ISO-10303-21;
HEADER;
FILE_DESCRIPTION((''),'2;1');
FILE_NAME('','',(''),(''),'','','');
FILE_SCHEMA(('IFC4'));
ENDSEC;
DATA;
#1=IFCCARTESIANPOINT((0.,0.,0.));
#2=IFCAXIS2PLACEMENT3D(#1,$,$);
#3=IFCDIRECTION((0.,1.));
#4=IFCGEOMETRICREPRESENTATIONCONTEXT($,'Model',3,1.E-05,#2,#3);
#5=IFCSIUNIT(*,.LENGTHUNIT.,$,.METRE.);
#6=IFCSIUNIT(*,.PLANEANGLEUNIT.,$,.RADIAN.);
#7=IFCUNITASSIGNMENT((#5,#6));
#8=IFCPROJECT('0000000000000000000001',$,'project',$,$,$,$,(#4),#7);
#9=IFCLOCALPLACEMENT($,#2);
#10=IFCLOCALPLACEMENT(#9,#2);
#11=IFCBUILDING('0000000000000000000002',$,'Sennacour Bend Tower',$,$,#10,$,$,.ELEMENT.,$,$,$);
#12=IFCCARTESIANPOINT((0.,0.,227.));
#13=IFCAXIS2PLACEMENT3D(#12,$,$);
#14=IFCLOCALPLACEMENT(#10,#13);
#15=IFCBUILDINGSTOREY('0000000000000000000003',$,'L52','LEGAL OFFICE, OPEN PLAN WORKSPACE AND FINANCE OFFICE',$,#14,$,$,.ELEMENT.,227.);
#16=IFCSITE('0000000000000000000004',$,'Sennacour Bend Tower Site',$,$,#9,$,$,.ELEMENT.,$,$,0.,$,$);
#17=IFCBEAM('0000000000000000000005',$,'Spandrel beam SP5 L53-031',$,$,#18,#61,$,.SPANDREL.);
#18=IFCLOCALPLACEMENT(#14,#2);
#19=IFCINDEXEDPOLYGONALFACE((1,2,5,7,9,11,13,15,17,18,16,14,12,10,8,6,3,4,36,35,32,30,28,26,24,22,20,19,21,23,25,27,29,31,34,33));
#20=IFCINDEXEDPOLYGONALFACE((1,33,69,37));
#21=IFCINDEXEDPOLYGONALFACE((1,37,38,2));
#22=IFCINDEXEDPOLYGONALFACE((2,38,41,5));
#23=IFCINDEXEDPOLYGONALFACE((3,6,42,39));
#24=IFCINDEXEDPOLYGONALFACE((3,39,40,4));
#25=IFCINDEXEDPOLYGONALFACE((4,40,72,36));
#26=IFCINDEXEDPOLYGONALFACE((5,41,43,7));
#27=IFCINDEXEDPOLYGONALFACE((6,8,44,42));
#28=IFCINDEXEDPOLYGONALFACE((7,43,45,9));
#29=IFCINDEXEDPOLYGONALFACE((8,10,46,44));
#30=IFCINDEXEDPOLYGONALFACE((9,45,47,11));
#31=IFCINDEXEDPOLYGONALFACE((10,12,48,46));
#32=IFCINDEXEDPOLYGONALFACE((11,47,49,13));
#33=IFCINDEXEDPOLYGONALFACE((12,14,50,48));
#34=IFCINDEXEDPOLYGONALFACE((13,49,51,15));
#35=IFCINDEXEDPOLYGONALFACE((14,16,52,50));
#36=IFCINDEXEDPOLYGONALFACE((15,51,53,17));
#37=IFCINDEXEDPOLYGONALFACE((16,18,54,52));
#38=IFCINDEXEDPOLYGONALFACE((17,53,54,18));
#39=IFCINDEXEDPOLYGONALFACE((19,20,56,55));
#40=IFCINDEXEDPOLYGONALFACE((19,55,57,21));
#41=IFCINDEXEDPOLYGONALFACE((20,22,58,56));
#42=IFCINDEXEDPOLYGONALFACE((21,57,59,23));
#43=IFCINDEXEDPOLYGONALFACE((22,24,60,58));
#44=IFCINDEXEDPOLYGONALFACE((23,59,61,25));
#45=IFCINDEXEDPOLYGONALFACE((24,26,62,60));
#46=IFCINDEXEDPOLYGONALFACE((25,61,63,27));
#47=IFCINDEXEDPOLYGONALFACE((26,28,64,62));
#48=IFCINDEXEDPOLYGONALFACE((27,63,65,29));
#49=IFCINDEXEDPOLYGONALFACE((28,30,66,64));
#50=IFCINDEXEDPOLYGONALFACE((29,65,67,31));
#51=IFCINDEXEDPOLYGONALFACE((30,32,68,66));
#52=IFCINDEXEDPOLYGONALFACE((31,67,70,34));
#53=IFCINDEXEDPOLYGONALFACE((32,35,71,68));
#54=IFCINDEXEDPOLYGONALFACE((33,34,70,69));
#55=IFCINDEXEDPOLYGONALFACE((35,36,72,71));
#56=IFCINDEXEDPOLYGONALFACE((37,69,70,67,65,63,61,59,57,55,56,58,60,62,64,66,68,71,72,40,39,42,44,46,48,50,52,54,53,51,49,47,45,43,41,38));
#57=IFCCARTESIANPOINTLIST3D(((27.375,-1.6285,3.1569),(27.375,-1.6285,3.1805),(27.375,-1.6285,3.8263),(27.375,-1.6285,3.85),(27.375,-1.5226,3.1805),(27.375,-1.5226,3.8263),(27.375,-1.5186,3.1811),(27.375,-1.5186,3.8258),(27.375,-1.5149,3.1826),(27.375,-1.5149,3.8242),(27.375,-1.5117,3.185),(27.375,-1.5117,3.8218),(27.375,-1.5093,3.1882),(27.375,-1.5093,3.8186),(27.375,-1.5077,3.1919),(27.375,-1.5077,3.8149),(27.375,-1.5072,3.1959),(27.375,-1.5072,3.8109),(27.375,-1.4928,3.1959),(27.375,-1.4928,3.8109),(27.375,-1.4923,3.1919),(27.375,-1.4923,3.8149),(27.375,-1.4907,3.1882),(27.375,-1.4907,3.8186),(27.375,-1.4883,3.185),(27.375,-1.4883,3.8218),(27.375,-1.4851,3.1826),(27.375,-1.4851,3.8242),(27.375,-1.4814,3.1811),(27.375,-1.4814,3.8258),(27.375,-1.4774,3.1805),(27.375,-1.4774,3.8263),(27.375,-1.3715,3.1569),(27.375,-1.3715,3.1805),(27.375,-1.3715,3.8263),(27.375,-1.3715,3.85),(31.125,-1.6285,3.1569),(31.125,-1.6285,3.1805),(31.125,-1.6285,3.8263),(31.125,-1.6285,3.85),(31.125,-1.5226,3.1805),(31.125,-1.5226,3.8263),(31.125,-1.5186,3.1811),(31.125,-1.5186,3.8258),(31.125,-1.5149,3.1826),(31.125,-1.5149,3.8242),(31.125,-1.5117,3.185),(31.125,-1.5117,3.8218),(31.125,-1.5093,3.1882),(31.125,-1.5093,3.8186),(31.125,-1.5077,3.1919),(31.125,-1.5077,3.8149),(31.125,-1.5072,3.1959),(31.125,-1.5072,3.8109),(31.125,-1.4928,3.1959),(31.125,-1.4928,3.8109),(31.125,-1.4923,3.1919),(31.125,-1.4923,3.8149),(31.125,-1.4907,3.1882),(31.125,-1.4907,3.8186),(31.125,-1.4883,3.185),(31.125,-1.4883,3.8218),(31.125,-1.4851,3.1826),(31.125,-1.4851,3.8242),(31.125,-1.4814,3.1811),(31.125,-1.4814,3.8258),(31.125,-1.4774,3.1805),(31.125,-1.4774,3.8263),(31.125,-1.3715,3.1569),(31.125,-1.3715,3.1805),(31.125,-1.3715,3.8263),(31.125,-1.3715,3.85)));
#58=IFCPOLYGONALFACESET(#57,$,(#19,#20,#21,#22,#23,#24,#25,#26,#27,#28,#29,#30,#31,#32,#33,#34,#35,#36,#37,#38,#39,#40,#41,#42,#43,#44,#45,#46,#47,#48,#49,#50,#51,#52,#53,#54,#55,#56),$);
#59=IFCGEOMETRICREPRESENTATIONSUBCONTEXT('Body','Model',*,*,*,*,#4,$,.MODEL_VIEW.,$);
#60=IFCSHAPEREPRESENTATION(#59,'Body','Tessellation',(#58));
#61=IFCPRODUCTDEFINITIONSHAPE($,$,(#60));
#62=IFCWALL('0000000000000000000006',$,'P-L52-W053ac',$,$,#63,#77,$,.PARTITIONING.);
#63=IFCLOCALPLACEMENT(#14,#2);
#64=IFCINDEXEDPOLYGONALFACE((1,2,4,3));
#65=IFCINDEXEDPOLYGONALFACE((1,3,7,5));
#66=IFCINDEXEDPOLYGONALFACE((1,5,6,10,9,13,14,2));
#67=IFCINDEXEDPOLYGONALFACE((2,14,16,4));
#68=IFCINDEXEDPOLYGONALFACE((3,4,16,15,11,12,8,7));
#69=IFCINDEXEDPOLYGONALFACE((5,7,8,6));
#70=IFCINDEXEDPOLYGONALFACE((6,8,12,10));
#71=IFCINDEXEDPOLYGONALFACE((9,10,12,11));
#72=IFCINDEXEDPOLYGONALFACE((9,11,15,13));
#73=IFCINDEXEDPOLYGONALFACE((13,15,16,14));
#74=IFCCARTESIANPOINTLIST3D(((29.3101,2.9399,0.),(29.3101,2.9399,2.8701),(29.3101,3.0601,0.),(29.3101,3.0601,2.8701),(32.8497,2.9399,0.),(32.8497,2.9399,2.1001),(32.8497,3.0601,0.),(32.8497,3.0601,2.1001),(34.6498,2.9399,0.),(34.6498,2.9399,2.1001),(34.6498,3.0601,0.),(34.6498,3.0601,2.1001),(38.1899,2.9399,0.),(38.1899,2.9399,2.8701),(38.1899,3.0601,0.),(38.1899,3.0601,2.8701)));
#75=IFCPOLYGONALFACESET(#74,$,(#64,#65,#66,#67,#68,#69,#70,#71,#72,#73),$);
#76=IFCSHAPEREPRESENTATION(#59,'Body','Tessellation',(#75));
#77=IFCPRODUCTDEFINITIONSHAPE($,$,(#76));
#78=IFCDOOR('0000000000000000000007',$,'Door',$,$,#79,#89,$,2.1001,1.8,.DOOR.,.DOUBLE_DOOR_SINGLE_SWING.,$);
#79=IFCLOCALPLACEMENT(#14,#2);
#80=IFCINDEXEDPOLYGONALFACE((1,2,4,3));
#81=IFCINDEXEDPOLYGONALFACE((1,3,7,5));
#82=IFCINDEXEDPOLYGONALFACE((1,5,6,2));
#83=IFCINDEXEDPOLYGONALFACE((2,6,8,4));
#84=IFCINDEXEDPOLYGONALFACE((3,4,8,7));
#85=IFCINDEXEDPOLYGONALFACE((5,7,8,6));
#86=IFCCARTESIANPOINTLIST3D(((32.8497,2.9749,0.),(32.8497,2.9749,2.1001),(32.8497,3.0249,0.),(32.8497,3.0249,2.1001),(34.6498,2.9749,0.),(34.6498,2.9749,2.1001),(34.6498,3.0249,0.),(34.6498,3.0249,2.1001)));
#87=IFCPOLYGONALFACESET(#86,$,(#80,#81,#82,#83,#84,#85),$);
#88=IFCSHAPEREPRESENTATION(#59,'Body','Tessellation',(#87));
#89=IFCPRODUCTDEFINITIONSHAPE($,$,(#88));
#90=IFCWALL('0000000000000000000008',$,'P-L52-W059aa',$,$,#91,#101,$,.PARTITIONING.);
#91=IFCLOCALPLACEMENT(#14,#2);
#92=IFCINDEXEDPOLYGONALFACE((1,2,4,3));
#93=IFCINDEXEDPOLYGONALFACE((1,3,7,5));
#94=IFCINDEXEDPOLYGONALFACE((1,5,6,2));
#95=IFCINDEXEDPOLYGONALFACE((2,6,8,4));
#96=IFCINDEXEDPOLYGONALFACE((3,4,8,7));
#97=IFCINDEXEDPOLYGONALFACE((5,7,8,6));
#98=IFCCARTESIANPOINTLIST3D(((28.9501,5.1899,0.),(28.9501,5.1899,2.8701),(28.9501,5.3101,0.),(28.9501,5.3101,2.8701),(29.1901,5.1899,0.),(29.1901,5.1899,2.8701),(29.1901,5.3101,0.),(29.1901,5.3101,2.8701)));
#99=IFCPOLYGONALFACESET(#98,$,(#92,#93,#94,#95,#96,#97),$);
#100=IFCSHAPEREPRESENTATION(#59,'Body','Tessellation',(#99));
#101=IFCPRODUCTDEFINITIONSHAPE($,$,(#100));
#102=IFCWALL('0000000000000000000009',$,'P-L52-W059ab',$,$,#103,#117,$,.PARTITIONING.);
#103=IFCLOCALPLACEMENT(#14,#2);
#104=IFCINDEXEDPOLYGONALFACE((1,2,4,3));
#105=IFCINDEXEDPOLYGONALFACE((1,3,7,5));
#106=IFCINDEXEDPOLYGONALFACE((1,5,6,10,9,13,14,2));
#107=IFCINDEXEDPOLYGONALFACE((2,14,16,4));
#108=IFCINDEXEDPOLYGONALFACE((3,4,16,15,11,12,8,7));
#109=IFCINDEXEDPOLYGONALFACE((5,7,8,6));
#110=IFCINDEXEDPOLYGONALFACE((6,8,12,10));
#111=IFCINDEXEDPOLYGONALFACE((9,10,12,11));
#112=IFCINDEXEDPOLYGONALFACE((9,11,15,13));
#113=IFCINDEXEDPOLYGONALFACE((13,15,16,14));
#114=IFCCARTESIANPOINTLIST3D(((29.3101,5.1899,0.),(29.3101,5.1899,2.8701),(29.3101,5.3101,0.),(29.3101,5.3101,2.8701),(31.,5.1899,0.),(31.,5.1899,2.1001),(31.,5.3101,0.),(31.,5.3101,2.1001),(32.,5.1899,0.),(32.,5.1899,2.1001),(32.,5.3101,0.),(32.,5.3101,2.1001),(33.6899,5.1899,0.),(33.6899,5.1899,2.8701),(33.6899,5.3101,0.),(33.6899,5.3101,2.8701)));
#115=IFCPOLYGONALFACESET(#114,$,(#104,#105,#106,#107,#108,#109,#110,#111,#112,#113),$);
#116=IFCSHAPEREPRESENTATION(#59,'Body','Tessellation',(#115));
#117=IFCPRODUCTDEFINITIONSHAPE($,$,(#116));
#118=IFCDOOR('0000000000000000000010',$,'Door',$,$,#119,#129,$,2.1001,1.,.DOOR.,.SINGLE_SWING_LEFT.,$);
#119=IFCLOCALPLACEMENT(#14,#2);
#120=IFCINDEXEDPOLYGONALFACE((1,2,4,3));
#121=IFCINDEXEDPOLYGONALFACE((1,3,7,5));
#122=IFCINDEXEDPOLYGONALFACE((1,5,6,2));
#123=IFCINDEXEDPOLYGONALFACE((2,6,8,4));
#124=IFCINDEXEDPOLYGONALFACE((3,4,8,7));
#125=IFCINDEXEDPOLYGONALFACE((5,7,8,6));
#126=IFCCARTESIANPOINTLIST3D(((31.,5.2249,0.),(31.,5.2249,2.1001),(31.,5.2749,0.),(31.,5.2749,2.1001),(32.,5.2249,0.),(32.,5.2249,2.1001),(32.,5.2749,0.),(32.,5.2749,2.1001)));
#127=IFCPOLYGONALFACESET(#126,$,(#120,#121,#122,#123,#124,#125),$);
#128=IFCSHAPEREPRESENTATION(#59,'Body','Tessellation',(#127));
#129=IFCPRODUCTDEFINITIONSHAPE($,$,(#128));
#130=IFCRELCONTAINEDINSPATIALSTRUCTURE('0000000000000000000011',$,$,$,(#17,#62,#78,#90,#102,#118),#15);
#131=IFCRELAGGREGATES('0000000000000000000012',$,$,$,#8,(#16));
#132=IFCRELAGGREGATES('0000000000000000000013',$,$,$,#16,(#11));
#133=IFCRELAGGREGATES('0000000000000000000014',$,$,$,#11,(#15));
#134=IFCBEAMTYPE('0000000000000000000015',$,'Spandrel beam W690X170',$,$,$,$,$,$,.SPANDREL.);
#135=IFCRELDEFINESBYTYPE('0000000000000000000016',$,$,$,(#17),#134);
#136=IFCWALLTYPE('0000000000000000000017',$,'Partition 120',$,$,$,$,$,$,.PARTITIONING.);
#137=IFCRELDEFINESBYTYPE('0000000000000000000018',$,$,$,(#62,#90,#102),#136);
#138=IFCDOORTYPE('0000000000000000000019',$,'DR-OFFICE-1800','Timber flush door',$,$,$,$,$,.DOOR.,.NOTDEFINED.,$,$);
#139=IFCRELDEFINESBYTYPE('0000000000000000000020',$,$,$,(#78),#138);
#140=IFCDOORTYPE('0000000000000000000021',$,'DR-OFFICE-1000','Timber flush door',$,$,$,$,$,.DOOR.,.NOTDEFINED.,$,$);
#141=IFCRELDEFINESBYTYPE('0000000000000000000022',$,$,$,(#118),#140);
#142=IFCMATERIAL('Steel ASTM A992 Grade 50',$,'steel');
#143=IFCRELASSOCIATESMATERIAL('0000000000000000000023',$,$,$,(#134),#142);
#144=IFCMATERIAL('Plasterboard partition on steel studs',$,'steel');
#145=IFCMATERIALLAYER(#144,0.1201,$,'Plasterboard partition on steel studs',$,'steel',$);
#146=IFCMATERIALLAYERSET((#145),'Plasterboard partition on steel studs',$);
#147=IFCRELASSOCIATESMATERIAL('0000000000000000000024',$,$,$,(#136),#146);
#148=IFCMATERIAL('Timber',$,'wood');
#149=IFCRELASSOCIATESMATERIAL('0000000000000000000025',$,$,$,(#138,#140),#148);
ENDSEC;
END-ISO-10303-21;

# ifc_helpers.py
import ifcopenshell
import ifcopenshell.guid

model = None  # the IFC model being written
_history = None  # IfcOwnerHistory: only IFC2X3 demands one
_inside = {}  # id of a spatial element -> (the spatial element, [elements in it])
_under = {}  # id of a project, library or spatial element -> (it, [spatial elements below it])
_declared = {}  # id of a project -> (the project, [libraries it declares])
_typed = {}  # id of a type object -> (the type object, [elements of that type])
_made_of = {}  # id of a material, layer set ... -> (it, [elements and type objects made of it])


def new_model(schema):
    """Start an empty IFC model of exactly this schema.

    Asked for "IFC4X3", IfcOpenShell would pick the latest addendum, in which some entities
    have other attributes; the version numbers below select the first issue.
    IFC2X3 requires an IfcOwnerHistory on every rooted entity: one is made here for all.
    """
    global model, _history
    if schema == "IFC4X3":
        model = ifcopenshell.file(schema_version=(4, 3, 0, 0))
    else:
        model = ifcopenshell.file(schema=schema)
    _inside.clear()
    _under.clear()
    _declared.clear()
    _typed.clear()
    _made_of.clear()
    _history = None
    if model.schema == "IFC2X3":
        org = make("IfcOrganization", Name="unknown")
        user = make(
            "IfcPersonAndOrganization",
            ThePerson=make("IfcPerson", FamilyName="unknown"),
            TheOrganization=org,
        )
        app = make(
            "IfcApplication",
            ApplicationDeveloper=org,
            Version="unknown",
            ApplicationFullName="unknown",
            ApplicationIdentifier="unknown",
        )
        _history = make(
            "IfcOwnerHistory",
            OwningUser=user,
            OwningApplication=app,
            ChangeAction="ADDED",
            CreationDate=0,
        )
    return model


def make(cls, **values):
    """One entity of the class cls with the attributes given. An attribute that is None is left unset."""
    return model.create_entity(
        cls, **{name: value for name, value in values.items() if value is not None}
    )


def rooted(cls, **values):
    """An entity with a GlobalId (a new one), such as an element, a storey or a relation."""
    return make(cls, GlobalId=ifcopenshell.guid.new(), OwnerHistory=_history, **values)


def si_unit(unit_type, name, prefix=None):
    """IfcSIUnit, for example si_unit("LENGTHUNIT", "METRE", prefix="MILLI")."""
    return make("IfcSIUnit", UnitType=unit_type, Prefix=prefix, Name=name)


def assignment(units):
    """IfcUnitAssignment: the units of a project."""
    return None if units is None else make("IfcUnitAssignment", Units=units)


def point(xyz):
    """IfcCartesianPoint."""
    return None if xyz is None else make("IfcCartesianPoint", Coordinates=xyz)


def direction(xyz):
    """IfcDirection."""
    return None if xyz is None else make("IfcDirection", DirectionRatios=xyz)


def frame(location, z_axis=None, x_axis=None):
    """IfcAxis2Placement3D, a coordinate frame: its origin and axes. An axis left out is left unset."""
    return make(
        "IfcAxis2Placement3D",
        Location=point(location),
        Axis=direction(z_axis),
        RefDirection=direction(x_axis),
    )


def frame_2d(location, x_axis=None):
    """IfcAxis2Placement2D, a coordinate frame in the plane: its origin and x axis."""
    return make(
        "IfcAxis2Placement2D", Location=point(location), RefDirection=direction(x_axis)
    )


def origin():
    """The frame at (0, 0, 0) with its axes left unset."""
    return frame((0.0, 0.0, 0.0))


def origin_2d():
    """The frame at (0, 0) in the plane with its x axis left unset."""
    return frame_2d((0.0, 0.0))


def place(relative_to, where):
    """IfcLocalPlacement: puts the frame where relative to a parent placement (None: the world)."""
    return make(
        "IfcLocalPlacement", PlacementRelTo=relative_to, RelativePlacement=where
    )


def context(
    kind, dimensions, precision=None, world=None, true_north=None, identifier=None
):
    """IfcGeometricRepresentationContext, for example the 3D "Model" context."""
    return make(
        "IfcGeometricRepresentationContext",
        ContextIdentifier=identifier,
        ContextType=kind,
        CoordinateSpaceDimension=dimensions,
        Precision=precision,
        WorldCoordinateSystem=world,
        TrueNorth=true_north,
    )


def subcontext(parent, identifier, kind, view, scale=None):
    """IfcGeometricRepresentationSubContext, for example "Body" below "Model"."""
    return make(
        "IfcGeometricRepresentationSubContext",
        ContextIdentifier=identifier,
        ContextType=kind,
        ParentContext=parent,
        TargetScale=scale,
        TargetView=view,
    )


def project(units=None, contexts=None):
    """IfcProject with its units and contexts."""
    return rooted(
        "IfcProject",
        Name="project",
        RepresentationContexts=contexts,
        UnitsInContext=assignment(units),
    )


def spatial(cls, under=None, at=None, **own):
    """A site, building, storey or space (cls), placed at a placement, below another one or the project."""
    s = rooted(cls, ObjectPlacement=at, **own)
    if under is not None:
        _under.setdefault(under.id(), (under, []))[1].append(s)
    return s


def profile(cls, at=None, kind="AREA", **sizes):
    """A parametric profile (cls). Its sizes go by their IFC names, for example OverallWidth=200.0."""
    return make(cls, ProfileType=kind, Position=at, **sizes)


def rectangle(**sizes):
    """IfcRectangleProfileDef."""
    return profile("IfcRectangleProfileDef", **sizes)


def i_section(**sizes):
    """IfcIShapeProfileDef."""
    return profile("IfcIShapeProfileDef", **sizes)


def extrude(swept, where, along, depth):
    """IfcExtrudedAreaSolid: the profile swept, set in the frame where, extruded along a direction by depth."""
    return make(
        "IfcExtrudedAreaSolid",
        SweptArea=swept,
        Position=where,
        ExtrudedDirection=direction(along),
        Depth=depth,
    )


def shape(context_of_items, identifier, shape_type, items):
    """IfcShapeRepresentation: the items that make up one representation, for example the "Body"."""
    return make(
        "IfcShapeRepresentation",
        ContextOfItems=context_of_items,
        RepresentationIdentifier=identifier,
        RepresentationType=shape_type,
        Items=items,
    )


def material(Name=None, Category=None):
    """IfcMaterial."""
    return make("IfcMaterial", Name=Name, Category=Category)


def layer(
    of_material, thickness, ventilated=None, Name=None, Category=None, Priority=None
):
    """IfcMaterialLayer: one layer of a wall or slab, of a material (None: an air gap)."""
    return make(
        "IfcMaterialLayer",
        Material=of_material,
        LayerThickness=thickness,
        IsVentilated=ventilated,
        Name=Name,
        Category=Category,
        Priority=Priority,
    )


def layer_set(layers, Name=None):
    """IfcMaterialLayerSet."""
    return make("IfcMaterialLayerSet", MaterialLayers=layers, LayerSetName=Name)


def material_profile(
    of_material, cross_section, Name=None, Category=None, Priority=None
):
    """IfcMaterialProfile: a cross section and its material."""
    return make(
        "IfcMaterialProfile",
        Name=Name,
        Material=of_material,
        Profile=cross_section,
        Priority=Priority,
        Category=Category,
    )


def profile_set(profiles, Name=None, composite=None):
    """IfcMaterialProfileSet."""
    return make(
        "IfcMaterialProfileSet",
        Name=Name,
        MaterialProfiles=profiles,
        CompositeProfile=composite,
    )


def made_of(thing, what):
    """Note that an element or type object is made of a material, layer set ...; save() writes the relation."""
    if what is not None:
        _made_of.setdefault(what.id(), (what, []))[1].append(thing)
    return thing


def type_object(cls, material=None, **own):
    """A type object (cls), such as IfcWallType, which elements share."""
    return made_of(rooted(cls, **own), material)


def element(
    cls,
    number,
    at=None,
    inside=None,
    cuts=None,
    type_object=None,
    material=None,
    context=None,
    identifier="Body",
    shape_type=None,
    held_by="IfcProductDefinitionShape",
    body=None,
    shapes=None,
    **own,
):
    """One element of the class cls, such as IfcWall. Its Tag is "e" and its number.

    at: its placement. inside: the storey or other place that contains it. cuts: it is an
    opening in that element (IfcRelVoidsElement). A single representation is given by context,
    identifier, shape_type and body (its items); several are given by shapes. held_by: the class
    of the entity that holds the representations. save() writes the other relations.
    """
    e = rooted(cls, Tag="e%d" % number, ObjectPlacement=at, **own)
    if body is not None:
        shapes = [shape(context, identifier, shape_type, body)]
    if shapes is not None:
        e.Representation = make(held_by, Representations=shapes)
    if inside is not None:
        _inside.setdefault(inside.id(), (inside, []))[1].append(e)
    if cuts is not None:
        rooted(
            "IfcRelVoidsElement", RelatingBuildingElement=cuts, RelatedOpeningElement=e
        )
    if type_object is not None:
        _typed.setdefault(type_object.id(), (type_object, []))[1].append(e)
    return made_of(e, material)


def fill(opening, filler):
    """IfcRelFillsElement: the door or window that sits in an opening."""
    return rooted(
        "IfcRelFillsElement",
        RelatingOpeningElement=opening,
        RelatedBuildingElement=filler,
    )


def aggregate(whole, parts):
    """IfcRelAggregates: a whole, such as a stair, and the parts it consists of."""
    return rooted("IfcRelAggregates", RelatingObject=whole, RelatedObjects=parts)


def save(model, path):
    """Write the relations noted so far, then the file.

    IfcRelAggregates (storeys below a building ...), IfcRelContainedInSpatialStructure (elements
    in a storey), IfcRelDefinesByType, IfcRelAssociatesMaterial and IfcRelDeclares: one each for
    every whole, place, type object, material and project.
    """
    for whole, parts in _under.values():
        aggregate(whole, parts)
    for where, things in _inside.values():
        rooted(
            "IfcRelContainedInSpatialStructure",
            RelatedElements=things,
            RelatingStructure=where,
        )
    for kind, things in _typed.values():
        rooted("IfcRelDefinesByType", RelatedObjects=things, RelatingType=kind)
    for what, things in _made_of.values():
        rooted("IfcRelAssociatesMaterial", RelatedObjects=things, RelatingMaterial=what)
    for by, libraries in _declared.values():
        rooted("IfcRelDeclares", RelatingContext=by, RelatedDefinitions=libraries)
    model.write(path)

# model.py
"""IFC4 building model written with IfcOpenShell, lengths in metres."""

from ifc_helpers import new_model, si_unit, direction, frame, frame_2d, origin, origin_2d, place, context, subcontext, project, spatial, rectangle, i_section, extrude, material, layer, layer_set, material_profile, profile_set, type_object, element, fill, save


model = new_model("IFC4")

# Units and contexts
model_context = context("Model", 3, precision=1e-05, world=origin(), true_north=direction((0.0, 1.0)))
body_context = subcontext(model_context, "Body", "Model", "MODEL_VIEW")
ifc_project = project(units=[si_unit("LENGTHUNIT", "METRE"), si_unit("PLANEANGLEUNIT", "RADIAN")], contexts=[model_context])

# Site, building, storey
site_placement = place(None, origin())
site = spatial("IfcSite", under=ifc_project, at=site_placement, Name="Sennacour Bend Tower Site", CompositionType="ELEMENT", RefElevation=0.0)
building_placement = place(site_placement, origin())
building = spatial("IfcBuilding", under=site, at=building_placement, Name="Sennacour Bend Tower", CompositionType="ELEMENT")
storey_placement = place(building_placement, frame((0.0, 0.0, 227.0)))
storey = spatial("IfcBuildingStorey", under=building, at=storey_placement, Name="L52", Description="LEGAL OFFICE, OPEN PLAN WORKSPACE AND FINANCE OFFICE", CompositionType="ELEMENT", Elevation=227.0)

# Beam
ifc_material_1 = material(Name="Steel ASTM A992 Grade 50", Category="steel")
ifc_material_profile_1 = material_profile(ifc_material_1, i_section(OverallWidth=0.2571, OverallDepth=0.6931, WebThickness=0.0144, FlangeThickness=0.0237, FilletRadius=0.0154, at=origin_2d()), Name="Steel ASTM A992 Grade 50", Category="steel")
ifc_profile_set_1 = profile_set([ifc_material_profile_1], Name="Steel ASTM A992 Grade 50")
beam_type_1 = type_object("IfcBeamType", Name="Spandrel beam W690X170", PredefinedType="SPANDREL", material=ifc_profile_set_1)
beam_1_placement = place(storey_placement, frame((31.125, -1.5, 3.5034), z_axis=(-1.0, 0.0, 0.0), x_axis=(0.0, -1.0, 0.0)))
element("IfcBeam", 1, at=beam_1_placement, inside=storey, type_object=beam_type_1, Name="Spandrel beam SP5 L53-031", PredefinedType="SPANDREL", context=body_context, shape_type="SweptSolid", body=[
    extrude(i_section(OverallWidth=0.2571, OverallDepth=0.6931, WebThickness=0.0144, FlangeThickness=0.0237, FilletRadius=0.0154, at=origin_2d()), origin(), (0.0, 0.0, 1.0), 3.75),
])

# Wall, opening, door
ifc_material_2 = material(Name="Plasterboard partition on steel studs", Category="steel")
ifc_layer_1 = layer(ifc_material_2, 0.1201, Name="Plasterboard partition on steel studs", Category="steel")
ifc_layer_set_1 = layer_set([ifc_layer_1], Name="Plasterboard partition on steel studs")
wall_type_1 = type_object("IfcWallType", Name="Partition 120", PredefinedType="PARTITIONING", material=ifc_layer_set_1)
wall_1_placement = place(storey_placement, frame((29.3101, 3.0, 0.0), z_axis=(0.0, 0.0, 1.0), x_axis=(1.0, 0.0, 0.0)))
wall_1 = element("IfcWall", 2, at=wall_1_placement, inside=storey, type_object=wall_type_1, Name="P-L52-W053ac", PredefinedType="PARTITIONING", context=body_context, shape_type="SweptSolid", body=[
    extrude(rectangle(XDim=8.8799, YDim=0.1201, at=frame_2d((4.4399, 0.0))), origin(), (0.0, 0.0, 1.0), 2.8701),
])
opening_1_placement = place(wall_1_placement, frame((3.5398, 0.0, 0.0)))
opening_1 = element("IfcOpeningElement", 3, at=opening_1_placement, cuts=wall_1, PredefinedType="OPENING", context=body_context, shape_type="SweptSolid", body=[
    extrude(rectangle(XDim=1.8, YDim=2.1001, at=frame_2d((0.8999, 1.05))), frame((0.0, 0.0701, 0.0), z_axis=(0.0, -1.0, 0.0), x_axis=(1.0, 0.0, 0.0)), (0.0, 0.0, 1.0), 0.1401),
])
ifc_material_3 = material(Name="Timber", Category="wood")
door_type_1 = type_object("IfcDoorType", Name="DR-OFFICE-1800", Description="Timber flush door", OperationType="NOTDEFINED", PredefinedType="DOOR", material=ifc_material_3)
door_1_placement = place(opening_1_placement, origin())
door_1 = element("IfcDoor", 4, at=door_1_placement, inside=storey, type_object=door_type_1, Name="Door", OperationType="DOUBLE_DOOR_SINGLE_SWING", OverallHeight=2.1001, OverallWidth=1.8, PredefinedType="DOOR", context=body_context, shape_type="SweptSolid", body=[
    extrude(rectangle(XDim=1.8, YDim=2.1001, at=frame_2d((0.8999, 1.05))), frame((0.0, 0.0249, 0.0), z_axis=(0.0, -1.0, 0.0), x_axis=(1.0, 0.0, 0.0)), (0.0, 0.0, 1.0), 0.05),
])
fill(opening_1, door_1)

# Wall
wall_2_placement = place(storey_placement, frame((28.95, 5.25, 0.0), z_axis=(0.0, 0.0, 1.0), x_axis=(1.0, 0.0, 0.0)))
element("IfcWall", 5, at=wall_2_placement, inside=storey, type_object=wall_type_1, Name="P-L52-W059aa", PredefinedType="PARTITIONING", context=body_context, shape_type="SweptSolid", body=[
    extrude(rectangle(XDim=0.24, YDim=0.1201, at=frame_2d((0.1201, 0.0))), origin(), (0.0, 0.0, 1.0), 2.8701),
])

# Wall, opening, door
wall_3_placement = place(storey_placement, frame((29.3101, 5.25, 0.0), z_axis=(0.0, 0.0, 1.0), x_axis=(1.0, 0.0, 0.0)))
wall_3 = element("IfcWall", 6, at=wall_3_placement, inside=storey, type_object=wall_type_1, Name="P-L52-W059ab", PredefinedType="PARTITIONING", context=body_context, shape_type="SweptSolid", body=[
    extrude(rectangle(XDim=4.3799, YDim=0.1201, at=frame_2d((2.1899, 0.0))), origin(), (0.0, 0.0, 1.0), 2.8701),
])
opening_2_placement = place(wall_3_placement, frame((1.6899, 0.0, 0.0)))
opening_2 = element("IfcOpeningElement", 7, at=opening_2_placement, cuts=wall_3, PredefinedType="OPENING", context=body_context, shape_type="SweptSolid", body=[
    extrude(rectangle(XDim=1.0, YDim=2.1001, at=frame_2d((0.5, 1.05))), frame((0.0, 0.0701, 0.0), z_axis=(0.0, -1.0, 0.0), x_axis=(1.0, 0.0, 0.0)), (0.0, 0.0, 1.0), 0.1401),
])
door_type_2 = type_object("IfcDoorType", Name="DR-OFFICE-1000", Description="Timber flush door", OperationType="NOTDEFINED", PredefinedType="DOOR", material=ifc_material_3)
door_2_placement = place(opening_2_placement, origin())
door_2 = element("IfcDoor", 8, at=door_2_placement, inside=storey, type_object=door_type_2, Name="Door", OperationType="SINGLE_SWING_LEFT", OverallHeight=2.1001, OverallWidth=1.0, PredefinedType="DOOR", context=body_context, shape_type="SweptSolid", body=[
    extrude(rectangle(XDim=1.0, YDim=2.1001, at=frame_2d((0.5, 1.05))), frame((0.0, 0.0249, 0.0), z_axis=(0.0, -1.0, 0.0), x_axis=(1.0, 0.0, 0.0)), (0.0, 0.0, 1.0), 0.05),
])
fill(opening_2, door_2)

save(model, "model.ifc")
